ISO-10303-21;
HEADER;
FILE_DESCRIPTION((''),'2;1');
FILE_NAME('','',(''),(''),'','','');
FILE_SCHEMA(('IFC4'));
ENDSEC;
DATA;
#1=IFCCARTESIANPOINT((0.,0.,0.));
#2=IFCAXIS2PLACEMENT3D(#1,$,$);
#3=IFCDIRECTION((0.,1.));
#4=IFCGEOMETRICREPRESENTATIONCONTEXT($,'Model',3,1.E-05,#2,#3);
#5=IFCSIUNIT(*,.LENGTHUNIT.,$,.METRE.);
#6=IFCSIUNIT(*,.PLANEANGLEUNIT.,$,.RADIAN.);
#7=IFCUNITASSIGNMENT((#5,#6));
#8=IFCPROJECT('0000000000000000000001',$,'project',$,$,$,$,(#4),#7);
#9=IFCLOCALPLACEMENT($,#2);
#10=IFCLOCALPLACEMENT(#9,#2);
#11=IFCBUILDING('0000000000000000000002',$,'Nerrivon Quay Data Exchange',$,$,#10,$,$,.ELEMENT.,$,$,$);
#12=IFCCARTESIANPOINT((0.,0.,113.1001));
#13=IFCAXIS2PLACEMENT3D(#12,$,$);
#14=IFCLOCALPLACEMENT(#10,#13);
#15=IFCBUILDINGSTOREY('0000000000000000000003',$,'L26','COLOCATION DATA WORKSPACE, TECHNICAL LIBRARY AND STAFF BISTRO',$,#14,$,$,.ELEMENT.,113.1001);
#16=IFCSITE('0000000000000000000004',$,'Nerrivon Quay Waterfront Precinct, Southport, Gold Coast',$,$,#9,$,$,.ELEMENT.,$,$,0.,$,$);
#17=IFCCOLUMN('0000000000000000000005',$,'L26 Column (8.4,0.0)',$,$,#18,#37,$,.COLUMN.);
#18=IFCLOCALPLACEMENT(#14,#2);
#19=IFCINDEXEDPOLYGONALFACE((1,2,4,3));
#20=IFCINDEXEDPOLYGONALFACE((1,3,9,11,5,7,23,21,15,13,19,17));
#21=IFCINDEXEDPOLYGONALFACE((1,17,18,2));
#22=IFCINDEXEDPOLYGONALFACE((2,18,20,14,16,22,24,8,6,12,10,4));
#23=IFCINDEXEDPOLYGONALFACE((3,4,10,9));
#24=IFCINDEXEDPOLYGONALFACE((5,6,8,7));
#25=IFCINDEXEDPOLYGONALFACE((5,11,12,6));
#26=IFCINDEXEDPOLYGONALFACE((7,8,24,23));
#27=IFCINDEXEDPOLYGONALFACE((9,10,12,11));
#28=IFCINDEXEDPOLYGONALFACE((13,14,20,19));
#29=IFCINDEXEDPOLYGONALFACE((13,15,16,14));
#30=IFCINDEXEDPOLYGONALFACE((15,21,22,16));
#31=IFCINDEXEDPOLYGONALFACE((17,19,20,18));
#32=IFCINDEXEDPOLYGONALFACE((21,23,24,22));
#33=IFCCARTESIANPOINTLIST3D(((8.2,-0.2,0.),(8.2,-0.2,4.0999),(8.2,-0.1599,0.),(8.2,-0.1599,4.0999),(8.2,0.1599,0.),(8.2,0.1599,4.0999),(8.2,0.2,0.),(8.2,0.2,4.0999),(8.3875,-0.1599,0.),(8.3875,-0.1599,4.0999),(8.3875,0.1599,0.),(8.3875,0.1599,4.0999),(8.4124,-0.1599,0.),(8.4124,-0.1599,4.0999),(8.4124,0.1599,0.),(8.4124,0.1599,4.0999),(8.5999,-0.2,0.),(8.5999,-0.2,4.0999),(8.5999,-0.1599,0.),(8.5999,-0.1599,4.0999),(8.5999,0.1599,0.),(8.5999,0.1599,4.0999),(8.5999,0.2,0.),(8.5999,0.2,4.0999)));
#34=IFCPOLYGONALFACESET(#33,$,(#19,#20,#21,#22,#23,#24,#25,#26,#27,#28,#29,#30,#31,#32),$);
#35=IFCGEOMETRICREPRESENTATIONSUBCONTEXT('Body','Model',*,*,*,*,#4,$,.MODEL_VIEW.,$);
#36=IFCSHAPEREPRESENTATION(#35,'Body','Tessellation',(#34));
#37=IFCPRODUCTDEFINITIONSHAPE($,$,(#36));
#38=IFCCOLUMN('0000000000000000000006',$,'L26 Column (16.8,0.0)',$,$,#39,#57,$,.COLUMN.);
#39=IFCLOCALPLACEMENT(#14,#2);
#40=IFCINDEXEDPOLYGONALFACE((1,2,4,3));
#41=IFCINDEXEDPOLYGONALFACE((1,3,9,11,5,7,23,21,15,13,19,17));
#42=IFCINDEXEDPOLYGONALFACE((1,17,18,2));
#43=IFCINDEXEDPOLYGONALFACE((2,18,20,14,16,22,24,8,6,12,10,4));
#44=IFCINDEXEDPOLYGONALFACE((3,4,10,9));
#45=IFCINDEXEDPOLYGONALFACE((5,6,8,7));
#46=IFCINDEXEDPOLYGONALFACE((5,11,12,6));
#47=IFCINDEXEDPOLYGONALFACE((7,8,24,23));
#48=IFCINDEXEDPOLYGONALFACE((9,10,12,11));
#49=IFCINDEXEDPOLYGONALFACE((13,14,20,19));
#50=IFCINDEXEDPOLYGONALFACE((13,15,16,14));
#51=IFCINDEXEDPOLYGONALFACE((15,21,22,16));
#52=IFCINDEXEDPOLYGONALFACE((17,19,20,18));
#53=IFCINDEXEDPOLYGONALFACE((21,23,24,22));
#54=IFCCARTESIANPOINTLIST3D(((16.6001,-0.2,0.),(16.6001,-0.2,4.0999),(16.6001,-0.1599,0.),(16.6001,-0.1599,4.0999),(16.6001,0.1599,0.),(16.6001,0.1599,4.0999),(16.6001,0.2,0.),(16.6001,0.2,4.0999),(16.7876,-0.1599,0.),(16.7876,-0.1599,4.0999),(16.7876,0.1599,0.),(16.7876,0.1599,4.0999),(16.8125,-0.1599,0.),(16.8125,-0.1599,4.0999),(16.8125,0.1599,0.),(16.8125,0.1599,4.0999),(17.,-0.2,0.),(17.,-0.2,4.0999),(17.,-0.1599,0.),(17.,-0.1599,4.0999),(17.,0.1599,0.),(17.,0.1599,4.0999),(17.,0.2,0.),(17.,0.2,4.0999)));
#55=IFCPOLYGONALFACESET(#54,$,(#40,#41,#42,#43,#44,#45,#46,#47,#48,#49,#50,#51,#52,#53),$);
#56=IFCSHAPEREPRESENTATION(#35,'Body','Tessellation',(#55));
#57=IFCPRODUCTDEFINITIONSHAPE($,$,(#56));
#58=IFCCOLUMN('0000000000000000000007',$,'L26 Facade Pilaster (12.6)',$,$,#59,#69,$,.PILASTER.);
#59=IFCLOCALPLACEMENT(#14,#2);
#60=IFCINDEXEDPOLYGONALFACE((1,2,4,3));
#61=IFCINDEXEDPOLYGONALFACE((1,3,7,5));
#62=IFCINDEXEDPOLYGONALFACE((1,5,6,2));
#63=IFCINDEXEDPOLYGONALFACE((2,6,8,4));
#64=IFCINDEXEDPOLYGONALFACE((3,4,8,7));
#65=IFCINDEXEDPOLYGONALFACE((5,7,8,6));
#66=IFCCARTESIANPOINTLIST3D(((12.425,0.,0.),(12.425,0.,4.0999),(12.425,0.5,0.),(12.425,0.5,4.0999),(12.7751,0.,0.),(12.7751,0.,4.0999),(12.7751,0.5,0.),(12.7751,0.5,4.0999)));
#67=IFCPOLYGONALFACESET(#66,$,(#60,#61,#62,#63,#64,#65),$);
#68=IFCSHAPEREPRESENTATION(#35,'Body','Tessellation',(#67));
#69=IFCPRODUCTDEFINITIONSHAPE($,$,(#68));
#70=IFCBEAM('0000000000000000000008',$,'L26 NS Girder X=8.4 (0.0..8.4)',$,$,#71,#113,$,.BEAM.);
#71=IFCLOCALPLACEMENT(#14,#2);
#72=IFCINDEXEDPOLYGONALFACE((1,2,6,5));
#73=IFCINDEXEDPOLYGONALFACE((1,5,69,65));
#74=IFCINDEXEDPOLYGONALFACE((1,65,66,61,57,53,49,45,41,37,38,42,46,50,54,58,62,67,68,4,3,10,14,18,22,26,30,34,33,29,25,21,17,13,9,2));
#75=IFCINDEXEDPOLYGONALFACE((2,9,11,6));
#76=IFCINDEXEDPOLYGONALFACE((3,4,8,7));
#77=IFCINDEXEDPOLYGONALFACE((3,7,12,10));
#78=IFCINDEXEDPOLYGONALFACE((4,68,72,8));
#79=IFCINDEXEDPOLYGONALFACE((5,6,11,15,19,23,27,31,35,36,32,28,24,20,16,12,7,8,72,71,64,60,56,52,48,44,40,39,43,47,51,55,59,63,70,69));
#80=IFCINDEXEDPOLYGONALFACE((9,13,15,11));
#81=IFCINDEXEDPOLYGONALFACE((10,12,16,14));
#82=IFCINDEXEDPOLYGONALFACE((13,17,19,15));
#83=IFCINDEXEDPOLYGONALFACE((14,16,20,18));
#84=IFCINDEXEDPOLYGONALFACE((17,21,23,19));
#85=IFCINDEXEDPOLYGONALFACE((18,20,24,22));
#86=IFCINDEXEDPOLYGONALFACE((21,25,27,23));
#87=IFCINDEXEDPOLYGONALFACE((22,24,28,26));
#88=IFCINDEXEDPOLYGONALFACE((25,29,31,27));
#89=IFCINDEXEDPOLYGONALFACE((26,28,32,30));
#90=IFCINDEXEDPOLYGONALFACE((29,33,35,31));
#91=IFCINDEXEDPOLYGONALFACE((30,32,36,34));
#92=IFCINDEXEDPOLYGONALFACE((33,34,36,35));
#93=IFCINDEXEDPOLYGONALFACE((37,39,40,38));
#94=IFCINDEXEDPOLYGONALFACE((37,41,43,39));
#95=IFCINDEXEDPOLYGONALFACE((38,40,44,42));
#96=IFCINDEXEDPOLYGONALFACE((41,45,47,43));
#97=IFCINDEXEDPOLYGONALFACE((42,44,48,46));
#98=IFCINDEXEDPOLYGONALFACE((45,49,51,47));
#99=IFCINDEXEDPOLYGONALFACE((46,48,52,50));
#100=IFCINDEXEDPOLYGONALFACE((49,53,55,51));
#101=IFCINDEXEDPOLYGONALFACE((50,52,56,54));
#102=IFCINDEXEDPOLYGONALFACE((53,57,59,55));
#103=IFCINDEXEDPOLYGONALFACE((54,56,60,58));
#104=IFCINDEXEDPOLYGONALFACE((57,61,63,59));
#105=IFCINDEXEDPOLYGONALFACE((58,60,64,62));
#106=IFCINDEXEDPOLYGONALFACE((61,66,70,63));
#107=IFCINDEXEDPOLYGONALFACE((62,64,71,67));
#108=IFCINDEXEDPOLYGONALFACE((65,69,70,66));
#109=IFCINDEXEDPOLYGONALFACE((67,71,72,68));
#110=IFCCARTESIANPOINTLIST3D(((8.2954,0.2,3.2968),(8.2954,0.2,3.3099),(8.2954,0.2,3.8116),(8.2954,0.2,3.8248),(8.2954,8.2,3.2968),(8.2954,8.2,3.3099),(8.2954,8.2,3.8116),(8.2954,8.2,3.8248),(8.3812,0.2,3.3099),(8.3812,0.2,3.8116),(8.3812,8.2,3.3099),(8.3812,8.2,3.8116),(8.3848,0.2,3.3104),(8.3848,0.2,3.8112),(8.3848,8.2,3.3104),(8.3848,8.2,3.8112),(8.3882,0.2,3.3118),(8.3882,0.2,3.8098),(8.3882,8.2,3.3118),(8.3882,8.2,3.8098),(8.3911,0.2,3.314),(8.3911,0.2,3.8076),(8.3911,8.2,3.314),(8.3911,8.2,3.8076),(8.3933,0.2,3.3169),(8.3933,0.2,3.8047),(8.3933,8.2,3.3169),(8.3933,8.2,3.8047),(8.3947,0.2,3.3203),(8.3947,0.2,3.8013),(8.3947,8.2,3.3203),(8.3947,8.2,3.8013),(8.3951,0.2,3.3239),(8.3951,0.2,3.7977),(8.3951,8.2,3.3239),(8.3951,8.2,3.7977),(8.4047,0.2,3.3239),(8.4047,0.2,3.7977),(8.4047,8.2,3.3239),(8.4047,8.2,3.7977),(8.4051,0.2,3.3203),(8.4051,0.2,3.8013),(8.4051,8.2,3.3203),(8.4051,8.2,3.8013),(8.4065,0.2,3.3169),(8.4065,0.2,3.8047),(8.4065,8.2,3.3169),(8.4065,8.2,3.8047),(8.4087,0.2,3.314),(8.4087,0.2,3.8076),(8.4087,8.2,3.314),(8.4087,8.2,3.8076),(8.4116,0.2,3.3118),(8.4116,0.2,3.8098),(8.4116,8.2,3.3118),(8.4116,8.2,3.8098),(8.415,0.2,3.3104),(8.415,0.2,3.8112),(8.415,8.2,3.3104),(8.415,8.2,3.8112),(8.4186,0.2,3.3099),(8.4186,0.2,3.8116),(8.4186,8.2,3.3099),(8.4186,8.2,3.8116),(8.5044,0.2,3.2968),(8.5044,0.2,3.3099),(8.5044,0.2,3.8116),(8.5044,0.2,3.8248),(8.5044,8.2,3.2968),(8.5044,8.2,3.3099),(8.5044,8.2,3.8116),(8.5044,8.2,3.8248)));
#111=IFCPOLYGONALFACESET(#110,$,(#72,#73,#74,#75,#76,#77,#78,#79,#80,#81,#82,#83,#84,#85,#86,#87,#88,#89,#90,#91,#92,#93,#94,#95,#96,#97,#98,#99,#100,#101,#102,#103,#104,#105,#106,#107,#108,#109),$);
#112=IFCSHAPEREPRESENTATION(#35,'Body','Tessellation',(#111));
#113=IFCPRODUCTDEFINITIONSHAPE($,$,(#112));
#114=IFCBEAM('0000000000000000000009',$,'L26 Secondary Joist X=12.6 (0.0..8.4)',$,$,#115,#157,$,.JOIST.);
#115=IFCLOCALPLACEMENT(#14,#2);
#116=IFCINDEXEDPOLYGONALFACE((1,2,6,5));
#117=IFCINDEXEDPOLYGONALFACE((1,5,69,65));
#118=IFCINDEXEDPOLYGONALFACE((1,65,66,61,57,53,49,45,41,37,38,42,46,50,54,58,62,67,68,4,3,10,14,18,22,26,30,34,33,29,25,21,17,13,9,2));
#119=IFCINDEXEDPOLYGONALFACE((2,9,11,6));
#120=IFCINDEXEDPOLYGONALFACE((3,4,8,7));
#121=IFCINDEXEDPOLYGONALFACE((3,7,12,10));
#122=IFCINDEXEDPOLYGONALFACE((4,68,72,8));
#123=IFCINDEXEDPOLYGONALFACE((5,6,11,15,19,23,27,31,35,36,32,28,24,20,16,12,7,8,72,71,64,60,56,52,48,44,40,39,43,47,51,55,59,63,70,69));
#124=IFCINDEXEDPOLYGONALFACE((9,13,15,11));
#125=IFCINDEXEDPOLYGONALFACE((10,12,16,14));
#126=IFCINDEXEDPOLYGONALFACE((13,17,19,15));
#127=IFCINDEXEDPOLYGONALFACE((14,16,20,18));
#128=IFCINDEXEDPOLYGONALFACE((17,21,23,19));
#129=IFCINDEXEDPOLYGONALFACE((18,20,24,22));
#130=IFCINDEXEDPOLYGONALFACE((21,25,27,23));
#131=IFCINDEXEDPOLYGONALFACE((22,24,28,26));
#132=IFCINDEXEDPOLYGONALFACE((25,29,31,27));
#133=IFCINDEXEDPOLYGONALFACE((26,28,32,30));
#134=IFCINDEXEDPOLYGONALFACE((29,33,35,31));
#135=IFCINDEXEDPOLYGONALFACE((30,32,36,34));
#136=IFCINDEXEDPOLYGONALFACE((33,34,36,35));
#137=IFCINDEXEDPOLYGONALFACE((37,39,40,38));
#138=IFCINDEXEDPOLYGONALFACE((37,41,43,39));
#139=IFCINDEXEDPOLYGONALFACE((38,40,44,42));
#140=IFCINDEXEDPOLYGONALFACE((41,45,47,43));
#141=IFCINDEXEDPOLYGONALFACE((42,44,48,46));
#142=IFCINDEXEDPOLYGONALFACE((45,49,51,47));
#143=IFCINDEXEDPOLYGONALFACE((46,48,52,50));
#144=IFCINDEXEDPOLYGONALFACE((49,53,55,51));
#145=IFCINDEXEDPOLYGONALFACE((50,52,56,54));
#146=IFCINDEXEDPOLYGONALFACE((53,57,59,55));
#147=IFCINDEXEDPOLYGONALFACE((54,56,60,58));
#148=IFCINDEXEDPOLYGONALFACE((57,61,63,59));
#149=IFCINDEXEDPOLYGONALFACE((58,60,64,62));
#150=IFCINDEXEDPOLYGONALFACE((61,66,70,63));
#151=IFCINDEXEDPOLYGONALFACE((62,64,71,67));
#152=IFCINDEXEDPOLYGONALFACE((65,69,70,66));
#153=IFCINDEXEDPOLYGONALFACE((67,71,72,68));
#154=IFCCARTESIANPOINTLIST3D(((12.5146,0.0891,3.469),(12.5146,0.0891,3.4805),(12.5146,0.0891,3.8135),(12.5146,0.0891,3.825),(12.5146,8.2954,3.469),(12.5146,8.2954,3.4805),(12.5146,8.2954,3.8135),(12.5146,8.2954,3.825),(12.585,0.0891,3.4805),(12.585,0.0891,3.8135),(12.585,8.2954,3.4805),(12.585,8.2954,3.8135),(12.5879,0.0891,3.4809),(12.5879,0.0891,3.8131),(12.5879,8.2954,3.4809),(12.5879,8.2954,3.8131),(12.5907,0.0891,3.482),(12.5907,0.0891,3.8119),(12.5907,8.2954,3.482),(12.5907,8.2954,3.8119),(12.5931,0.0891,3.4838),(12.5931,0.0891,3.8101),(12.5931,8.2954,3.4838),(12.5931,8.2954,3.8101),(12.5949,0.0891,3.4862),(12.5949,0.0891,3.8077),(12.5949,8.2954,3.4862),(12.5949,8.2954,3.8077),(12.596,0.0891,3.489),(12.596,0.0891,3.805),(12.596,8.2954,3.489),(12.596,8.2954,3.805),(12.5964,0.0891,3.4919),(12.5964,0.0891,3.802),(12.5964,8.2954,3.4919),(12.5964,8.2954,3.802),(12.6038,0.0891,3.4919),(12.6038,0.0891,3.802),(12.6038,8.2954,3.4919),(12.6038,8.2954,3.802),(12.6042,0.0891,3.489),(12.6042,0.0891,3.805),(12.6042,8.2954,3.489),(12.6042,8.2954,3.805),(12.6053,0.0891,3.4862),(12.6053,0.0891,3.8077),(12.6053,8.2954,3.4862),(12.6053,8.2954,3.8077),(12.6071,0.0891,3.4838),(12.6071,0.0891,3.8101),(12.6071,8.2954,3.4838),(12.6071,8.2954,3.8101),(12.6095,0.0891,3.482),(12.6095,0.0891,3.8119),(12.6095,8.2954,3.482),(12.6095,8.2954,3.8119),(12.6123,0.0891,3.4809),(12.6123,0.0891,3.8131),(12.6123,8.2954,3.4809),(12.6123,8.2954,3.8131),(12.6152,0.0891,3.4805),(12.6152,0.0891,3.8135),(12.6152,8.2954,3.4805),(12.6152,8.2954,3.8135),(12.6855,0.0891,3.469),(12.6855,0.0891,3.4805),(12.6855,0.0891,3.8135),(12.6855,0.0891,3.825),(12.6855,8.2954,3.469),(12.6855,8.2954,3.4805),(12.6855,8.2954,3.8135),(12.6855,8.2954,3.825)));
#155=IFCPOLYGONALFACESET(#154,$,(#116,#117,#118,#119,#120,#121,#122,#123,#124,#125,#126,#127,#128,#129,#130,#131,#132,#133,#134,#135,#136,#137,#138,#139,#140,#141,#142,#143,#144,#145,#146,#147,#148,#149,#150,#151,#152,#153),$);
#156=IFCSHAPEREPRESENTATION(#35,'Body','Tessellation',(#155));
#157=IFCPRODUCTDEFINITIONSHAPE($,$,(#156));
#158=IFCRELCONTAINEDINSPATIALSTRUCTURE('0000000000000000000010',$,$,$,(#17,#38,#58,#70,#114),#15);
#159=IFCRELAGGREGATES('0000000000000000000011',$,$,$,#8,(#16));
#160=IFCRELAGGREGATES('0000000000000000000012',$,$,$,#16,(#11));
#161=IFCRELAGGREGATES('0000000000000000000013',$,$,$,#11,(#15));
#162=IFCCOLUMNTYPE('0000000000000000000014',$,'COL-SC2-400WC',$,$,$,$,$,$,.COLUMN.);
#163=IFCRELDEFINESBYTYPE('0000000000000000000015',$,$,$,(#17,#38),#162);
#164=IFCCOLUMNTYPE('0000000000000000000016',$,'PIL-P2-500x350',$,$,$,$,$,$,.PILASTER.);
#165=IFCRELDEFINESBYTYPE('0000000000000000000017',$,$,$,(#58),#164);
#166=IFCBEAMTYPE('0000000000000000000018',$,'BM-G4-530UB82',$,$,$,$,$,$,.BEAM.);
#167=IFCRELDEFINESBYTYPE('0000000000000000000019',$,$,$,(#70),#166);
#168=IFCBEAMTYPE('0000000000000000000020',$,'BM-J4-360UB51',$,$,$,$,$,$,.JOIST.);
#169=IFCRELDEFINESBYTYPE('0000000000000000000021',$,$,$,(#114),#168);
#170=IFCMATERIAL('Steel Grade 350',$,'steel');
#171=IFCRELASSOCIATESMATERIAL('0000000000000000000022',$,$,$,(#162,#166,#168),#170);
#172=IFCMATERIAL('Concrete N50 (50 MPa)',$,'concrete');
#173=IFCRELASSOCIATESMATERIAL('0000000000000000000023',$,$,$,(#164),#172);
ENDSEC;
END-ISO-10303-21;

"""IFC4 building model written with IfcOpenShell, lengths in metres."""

from ifc_helpers import new_model, si_unit, direction, frame, origin, origin_2d, place, context, subcontext, project, spatial, rectangle, i_section, extrude, material, material_profile, profile_set, type_object, element, save


model = new_model("IFC4")

# Units and contexts
model_context = context("Model", 3, precision=1e-05, world=origin(), true_north=direction((0.0, 1.0)))
body_context = subcontext(model_context, "Body", "Model", "MODEL_VIEW")
ifc_project = project(units=[si_unit("LENGTHUNIT", "METRE"), si_unit("PLANEANGLEUNIT", "RADIAN")], contexts=[model_context])

# Site, building, storey
site_placement = place(None, origin())
site = spatial("IfcSite", under=ifc_project, at=site_placement, Name="Nerrivon Quay Waterfront Precinct, Southport, Gold Coast", CompositionType="ELEMENT", RefElevation=0.0)
building_placement = place(site_placement, origin())
building = spatial("IfcBuilding", under=site, at=building_placement, Name="Nerrivon Quay Data Exchange", CompositionType="ELEMENT")
storey_placement = place(building_placement, frame((0.0, 0.0, 113.1001)))
storey = spatial("IfcBuildingStorey", under=building, at=storey_placement, Name="L26", Description="COLOCATION DATA WORKSPACE, TECHNICAL LIBRARY AND STAFF BISTRO", CompositionType="ELEMENT", Elevation=113.1001)

# Columns
ifc_material_1 = material(Name="Steel Grade 350", Category="steel")
ifc_material_profile_1 = material_profile(ifc_material_1, i_section(OverallWidth=0.3999, OverallDepth=0.3999, WebThickness=0.0249, FlangeThickness=0.04, at=origin_2d()), Name="400WC328")
ifc_profile_set_1 = profile_set([ifc_material_profile_1], Name="Steel Grade 350")
column_type_1 = type_object("IfcColumnType", Name="COL-SC2-400WC", PredefinedType="COLUMN", material=ifc_profile_set_1)
for number, where, z_axis, x_axis, name in (
    (1, (8.3999, 0.0, 0.0), (0.0, 0.0, 1.0), (1.0, 0.0, 0.0), "L26 Column (8.4,0.0)"),
    (2, (16.8, 0.0, 0.0), (0.0, 0.0, 1.0), (1.0, 0.0, 0.0), "L26 Column (16.8,0.0)"),
):
    element("IfcColumn", number, at=place(storey_placement, frame(where, z_axis=z_axis, x_axis=x_axis)), inside=storey, type_object=column_type_1, Name=name, PredefinedType="COLUMN", context=body_context, shape_type="SweptSolid", body=[
        extrude(i_section(OverallWidth=0.3999, OverallDepth=0.3999, WebThickness=0.0249, FlangeThickness=0.04, at=origin_2d()), origin(), (0.0, 0.0, 1.0), 4.0999),
    ])
ifc_material_2 = material(Name="Concrete N50 (50 MPa)", Category="concrete")
ifc_material_profile_2 = material_profile(ifc_material_2, rectangle(XDim=0.3501, YDim=0.5, at=origin_2d()), Name="RC-PIL-500x350")
ifc_profile_set_2 = profile_set([ifc_material_profile_2], Name="Concrete N50 (50 MPa)")
column_type_2 = type_object("IfcColumnType", Name="PIL-P2-500x350", PredefinedType="PILASTER", material=ifc_profile_set_2)
column_placement = place(storey_placement, frame((12.6001, 0.25, 0.0), z_axis=(0.0, 0.0, 1.0), x_axis=(1.0, 0.0, 0.0)))
element("IfcColumn", 3, at=column_placement, inside=storey, type_object=column_type_2, Name="L26 Facade Pilaster (12.6)", PredefinedType="PILASTER", context=body_context, shape_type="SweptSolid", body=[
    extrude(rectangle(XDim=0.3501, YDim=0.5, at=origin_2d()), origin(), (0.0, 0.0, 1.0), 4.0999),
])

# Beams
ifc_material_profile_3 = material_profile(ifc_material_1, i_section(OverallWidth=0.209, OverallDepth=0.5281, WebThickness=0.0095, FlangeThickness=0.0132, FilletRadius=0.0139, at=origin_2d()), Name="530UB82.0")
ifc_profile_set_3 = profile_set([ifc_material_profile_3], Name="Steel Grade 350")
beam_type_1 = type_object("IfcBeamType", Name="BM-G4-530UB82", PredefinedType="BEAM", material=ifc_profile_set_3)
beam_1_placement = place(storey_placement, frame((8.3999, 0.2, 3.5608), z_axis=(0.0, 1.0, 0.0), x_axis=(-1.0, 0.0, 0.0)))
element("IfcBeam", 4, at=beam_1_placement, inside=storey, type_object=beam_type_1, Name="L26 NS Girder X=8.4 (0.0..8.4)", PredefinedType="BEAM", context=body_context, shape_type="SweptSolid", body=[
    extrude(i_section(OverallWidth=0.209, OverallDepth=0.5281, WebThickness=0.0095, FlangeThickness=0.0132, FilletRadius=0.0139, at=origin_2d()), origin(), (0.0, 0.0, 1.0), 8.0),
])
ifc_material_profile_4 = material_profile(ifc_material_1, i_section(OverallWidth=0.1709, OverallDepth=0.356, WebThickness=0.0073, FlangeThickness=0.0115, FilletRadius=0.0115, at=origin_2d()), Name="360UB50.7")
ifc_profile_set_4 = profile_set([ifc_material_profile_4], Name="Steel Grade 350")
beam_type_2 = type_object("IfcBeamType", Name="BM-J4-360UB51", PredefinedType="JOIST", material=ifc_profile_set_4)
beam_2_placement = place(storey_placement, frame((12.6001, 0.0891, 3.647), z_axis=(0.0, 1.0, 0.0), x_axis=(-1.0, 0.0, 0.0)))
element("IfcBeam", 5, at=beam_2_placement, inside=storey, type_object=beam_type_2, Name="L26 Secondary Joist X=12.6 (0.0..8.4)", PredefinedType="JOIST", context=body_context, shape_type="SweptSolid", body=[
    extrude(i_section(OverallWidth=0.1709, OverallDepth=0.356, WebThickness=0.0073, FlangeThickness=0.0115, FilletRadius=0.0115, at=origin_2d()), origin(), (0.0, 0.0, 1.0), 8.2063),
])

save(model, "model.ifc")
